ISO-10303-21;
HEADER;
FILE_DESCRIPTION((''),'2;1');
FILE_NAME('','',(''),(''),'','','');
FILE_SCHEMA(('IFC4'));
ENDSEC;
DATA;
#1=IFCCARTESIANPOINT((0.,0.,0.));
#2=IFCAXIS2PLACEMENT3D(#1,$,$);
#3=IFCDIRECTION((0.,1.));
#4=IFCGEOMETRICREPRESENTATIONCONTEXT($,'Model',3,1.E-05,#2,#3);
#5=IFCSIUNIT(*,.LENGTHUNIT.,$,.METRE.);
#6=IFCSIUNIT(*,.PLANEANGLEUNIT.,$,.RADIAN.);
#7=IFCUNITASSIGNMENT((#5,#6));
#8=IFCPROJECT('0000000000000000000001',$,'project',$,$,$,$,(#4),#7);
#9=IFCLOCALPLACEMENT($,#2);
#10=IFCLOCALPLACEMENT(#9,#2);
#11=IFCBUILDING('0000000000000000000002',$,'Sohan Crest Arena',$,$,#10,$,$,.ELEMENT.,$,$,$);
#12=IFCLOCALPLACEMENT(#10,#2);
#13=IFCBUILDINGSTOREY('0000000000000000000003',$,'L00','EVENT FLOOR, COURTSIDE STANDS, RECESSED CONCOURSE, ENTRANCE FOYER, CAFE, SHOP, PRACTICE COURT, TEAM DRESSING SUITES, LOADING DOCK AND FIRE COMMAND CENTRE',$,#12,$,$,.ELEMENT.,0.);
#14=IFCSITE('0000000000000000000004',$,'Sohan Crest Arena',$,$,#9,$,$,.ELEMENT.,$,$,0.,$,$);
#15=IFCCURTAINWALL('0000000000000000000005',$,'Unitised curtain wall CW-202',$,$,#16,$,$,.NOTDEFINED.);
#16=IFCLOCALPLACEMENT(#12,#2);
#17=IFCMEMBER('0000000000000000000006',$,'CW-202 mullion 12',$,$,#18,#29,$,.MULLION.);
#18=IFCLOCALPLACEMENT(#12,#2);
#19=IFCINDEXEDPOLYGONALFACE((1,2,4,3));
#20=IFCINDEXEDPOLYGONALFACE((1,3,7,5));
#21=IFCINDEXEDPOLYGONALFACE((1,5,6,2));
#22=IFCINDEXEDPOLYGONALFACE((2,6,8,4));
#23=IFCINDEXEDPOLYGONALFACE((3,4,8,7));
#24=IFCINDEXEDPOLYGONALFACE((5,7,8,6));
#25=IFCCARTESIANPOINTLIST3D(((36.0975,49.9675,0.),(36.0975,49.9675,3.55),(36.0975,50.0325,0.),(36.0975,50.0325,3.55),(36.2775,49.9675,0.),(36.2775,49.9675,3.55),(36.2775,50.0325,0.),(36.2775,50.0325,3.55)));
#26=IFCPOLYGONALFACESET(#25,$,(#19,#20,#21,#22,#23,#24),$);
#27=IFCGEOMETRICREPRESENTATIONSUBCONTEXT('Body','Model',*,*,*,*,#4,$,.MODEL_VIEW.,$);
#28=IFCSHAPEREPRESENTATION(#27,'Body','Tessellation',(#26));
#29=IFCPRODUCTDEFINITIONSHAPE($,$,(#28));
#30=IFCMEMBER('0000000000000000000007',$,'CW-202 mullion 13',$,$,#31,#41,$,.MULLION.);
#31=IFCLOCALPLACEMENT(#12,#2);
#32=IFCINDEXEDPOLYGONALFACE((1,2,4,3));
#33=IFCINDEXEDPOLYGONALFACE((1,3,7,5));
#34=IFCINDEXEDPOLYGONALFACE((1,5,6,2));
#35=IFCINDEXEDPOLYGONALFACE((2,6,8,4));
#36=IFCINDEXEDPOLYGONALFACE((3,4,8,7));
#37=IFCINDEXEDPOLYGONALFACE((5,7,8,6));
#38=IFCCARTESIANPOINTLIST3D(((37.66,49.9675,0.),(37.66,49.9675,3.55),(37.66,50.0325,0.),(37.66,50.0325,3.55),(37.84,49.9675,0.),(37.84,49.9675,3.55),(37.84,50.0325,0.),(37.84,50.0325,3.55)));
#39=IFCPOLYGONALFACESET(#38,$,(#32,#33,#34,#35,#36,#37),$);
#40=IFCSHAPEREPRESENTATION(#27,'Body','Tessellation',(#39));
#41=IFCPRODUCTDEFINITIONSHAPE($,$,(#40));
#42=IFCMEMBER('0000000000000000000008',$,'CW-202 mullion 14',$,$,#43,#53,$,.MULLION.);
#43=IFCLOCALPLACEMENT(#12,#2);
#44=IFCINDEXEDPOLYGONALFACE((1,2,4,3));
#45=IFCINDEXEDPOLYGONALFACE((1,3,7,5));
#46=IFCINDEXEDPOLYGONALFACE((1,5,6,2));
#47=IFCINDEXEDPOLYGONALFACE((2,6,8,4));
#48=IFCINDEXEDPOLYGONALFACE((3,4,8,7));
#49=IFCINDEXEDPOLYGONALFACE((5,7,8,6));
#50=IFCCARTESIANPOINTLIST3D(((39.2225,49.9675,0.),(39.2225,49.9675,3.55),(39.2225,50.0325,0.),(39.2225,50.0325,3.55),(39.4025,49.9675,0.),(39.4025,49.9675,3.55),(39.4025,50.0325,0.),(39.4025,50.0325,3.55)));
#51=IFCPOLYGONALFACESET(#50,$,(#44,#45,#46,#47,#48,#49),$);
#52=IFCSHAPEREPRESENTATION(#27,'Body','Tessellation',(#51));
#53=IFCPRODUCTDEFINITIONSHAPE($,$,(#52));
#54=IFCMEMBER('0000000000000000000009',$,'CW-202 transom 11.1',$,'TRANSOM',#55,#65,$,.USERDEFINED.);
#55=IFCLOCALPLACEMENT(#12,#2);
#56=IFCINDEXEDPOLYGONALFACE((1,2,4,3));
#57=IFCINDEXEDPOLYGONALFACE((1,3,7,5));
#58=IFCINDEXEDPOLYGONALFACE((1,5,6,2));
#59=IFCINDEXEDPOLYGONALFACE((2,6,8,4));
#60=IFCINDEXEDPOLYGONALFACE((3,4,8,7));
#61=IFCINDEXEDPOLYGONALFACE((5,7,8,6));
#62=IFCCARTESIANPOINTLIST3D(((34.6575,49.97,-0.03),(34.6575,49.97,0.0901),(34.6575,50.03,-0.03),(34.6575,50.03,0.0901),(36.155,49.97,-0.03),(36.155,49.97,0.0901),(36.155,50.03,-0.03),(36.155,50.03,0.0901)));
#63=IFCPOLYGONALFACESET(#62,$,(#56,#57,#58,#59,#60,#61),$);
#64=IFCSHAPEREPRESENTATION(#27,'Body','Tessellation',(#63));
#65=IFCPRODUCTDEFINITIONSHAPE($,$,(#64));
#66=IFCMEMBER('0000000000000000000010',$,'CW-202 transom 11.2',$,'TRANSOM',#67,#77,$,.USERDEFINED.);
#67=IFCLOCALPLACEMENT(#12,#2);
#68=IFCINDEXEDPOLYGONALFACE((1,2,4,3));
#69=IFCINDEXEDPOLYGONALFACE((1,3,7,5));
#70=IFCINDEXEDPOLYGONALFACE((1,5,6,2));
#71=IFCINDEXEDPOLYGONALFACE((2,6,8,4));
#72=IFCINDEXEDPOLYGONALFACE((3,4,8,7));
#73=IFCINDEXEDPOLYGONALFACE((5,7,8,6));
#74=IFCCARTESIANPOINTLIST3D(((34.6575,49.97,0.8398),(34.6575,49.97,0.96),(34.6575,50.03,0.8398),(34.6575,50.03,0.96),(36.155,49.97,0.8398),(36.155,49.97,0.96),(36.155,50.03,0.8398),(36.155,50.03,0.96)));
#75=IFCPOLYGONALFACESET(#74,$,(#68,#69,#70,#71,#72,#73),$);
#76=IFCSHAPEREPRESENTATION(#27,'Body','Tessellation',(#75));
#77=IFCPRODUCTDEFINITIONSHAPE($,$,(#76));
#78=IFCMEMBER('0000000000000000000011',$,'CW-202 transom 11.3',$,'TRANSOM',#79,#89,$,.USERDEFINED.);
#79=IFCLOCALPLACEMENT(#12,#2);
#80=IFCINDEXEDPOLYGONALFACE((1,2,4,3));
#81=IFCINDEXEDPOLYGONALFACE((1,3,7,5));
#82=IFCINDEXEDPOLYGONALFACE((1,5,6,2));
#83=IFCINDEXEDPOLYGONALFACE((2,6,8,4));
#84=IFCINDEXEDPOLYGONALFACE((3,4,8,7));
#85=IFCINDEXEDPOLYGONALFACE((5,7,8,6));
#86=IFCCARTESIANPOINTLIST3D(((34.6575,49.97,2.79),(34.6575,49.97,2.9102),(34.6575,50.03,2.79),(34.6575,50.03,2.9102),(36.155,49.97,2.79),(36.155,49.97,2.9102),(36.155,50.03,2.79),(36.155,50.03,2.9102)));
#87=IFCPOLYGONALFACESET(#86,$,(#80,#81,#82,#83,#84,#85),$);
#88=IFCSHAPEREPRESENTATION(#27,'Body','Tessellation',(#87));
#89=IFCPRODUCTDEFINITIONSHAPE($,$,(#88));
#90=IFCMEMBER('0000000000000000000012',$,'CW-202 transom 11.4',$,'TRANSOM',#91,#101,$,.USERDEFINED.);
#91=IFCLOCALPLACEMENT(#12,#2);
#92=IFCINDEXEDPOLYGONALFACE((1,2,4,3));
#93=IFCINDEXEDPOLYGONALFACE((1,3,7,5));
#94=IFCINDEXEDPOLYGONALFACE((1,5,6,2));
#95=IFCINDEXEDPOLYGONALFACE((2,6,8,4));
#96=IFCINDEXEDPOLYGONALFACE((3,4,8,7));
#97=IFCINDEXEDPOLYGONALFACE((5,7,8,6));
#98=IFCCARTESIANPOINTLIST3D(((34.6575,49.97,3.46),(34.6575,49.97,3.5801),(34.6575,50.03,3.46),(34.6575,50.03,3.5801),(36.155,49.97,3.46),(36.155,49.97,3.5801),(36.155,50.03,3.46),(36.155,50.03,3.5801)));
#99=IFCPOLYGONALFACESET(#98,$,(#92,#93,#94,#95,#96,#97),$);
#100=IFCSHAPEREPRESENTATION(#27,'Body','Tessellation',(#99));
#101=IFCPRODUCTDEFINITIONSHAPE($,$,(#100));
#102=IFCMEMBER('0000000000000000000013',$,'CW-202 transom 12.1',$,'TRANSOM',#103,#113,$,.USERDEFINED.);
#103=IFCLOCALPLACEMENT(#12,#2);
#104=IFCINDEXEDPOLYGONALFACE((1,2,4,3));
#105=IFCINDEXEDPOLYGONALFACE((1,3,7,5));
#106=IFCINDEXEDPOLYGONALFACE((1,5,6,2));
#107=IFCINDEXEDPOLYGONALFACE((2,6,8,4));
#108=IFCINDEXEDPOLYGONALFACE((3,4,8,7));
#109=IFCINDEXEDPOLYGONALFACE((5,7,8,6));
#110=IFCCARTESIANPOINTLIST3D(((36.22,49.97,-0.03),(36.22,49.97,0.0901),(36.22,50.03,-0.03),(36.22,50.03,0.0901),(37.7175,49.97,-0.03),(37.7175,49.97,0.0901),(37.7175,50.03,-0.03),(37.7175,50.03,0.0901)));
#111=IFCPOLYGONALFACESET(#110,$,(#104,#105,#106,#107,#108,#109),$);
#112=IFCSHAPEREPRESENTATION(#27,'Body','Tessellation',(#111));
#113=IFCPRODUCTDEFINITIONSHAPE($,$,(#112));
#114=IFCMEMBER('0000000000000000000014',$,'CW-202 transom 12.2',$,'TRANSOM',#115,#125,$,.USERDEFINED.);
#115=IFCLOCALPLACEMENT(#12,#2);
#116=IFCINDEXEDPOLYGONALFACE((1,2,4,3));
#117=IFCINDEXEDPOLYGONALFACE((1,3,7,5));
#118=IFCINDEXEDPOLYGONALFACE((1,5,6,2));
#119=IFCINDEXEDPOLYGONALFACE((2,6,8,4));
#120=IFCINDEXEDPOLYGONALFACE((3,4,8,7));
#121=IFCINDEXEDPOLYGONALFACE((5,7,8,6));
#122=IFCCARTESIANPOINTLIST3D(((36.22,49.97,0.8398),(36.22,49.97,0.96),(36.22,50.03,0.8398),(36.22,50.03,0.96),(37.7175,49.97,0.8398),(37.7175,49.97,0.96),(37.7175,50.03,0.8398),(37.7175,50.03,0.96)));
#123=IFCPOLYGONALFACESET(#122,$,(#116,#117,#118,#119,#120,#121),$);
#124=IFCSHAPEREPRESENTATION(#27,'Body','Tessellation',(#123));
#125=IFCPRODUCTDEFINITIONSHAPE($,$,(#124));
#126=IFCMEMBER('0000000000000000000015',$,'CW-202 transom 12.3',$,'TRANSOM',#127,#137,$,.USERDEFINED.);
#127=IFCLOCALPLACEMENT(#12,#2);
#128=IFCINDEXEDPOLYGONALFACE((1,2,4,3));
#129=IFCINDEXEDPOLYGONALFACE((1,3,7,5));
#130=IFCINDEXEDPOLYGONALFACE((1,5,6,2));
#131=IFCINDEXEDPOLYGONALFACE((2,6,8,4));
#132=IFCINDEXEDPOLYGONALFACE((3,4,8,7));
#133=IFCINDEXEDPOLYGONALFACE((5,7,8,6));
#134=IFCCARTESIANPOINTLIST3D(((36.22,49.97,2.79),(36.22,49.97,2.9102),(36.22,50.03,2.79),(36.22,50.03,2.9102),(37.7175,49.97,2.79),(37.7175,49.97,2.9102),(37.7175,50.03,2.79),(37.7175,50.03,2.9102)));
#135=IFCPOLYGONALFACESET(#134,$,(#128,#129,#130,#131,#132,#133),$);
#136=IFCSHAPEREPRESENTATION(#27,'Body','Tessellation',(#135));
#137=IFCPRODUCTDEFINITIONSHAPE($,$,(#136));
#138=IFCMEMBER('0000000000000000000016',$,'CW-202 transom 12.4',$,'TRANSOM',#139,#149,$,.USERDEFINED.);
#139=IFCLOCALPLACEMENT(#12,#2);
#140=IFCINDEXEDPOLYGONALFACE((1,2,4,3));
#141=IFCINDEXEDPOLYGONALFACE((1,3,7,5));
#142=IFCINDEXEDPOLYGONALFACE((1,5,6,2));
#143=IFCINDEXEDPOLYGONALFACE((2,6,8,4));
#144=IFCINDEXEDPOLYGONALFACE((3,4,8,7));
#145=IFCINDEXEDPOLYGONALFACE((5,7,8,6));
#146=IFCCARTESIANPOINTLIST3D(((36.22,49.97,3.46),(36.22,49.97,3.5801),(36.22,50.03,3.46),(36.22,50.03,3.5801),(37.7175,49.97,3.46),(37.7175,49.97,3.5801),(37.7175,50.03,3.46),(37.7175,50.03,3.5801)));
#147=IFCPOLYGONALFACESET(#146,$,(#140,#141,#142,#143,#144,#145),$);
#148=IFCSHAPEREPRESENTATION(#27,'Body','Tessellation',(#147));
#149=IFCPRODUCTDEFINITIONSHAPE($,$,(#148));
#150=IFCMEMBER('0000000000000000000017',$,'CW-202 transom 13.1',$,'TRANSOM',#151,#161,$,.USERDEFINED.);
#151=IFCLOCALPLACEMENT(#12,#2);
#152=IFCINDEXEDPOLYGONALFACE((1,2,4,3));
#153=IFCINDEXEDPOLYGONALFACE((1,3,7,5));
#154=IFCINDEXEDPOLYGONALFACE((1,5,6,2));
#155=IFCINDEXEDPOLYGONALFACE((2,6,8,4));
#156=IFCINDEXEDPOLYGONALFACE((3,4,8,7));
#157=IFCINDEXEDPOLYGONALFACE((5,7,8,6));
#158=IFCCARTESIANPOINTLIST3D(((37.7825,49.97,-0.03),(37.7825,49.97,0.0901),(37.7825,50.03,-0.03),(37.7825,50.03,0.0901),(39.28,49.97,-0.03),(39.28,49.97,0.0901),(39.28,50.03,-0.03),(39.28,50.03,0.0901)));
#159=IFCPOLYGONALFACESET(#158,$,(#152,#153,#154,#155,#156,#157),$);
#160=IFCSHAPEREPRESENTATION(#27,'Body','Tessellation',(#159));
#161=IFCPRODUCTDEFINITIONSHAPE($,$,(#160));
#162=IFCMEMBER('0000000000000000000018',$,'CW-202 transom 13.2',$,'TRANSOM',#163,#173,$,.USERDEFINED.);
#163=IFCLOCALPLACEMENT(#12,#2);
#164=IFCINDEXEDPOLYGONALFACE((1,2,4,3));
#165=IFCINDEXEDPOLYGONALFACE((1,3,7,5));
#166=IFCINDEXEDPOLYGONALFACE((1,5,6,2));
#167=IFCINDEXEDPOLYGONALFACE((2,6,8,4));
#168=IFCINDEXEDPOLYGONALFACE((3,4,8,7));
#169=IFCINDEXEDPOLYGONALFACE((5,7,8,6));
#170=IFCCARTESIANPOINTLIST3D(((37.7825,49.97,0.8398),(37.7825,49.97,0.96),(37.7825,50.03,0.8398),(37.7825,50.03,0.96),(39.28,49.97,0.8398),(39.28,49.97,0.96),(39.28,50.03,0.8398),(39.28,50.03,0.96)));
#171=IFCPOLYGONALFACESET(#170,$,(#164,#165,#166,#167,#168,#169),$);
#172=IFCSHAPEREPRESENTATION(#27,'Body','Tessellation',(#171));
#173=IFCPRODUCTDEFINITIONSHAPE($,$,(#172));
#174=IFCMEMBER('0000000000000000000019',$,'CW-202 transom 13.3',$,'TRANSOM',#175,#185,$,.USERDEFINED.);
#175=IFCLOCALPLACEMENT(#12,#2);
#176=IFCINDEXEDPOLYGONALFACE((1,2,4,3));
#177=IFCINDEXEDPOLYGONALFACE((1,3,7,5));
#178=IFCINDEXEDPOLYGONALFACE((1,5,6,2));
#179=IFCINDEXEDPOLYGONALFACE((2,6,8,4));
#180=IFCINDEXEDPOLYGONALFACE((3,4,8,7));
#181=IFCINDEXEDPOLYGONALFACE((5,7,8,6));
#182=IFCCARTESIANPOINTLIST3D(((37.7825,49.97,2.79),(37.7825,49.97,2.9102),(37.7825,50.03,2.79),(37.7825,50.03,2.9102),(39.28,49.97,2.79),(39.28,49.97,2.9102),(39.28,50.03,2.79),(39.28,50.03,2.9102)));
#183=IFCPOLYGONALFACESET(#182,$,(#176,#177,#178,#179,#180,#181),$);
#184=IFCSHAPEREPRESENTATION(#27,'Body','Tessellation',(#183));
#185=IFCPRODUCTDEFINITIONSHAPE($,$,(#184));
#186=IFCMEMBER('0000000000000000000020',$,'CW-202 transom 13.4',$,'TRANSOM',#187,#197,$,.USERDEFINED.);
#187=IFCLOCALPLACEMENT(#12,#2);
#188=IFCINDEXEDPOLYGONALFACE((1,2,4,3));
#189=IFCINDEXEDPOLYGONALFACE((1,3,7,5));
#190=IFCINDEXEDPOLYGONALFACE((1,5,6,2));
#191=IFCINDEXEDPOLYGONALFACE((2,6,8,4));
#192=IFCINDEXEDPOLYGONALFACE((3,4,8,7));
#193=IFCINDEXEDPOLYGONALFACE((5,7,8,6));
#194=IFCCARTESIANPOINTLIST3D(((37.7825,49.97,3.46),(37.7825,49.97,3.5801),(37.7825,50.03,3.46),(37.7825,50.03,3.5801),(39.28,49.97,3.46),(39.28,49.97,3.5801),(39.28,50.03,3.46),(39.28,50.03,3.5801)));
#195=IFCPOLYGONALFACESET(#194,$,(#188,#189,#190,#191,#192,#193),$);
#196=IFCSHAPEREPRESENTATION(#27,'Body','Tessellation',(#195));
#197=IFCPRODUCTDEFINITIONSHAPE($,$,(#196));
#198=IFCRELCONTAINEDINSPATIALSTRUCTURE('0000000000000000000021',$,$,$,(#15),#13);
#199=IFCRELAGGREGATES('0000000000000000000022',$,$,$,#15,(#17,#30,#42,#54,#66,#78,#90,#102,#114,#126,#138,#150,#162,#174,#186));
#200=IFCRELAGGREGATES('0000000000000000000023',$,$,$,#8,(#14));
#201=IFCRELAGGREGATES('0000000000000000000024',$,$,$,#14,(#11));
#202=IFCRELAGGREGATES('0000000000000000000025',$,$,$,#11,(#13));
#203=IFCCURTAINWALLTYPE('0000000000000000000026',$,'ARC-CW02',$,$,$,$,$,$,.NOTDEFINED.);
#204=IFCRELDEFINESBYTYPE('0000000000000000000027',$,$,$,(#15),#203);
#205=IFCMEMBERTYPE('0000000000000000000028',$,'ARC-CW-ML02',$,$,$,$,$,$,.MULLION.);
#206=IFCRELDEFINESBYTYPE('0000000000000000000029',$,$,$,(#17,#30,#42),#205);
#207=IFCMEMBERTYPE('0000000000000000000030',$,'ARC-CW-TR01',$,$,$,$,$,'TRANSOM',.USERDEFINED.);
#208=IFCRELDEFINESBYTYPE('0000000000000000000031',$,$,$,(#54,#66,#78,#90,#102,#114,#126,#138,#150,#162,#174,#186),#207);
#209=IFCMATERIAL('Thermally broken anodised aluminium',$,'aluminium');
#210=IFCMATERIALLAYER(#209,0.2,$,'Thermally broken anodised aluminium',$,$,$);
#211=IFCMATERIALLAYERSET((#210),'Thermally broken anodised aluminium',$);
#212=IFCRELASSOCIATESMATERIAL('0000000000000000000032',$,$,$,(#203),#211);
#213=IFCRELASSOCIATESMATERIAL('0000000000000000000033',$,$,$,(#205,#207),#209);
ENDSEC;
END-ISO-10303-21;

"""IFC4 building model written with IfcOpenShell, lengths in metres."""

from ifc_helpers import new_model, si_unit, direction, frame, origin, origin_2d, place, context, subcontext, project, spatial, rectangle, extrude, material, layer, layer_set, material_profile, profile_set, type_object, element, aggregate, save


model = new_model("IFC4")

# Units and contexts
model_context = context("Model", 3, precision=1e-05, world=origin(), true_north=direction((0.0, 1.0)))
body_context = subcontext(model_context, "Body", "Model", "MODEL_VIEW")
ifc_project = project(units=[si_unit("LENGTHUNIT", "METRE"), si_unit("PLANEANGLEUNIT", "RADIAN")], contexts=[model_context])

# Site, building, storey
site_placement = place(None, origin())
site = spatial("IfcSite", under=ifc_project, at=site_placement, Name="Sohan Crest Arena", CompositionType="ELEMENT", RefElevation=0.0)
building_placement = place(site_placement, origin())
building = spatial("IfcBuilding", under=site, at=building_placement, Name="Sohan Crest Arena", CompositionType="ELEMENT")
storey_placement = place(building_placement, origin())
storey = spatial("IfcBuildingStorey", under=building, at=storey_placement, Name="L00", Description="EVENT FLOOR, COURTSIDE STANDS, RECESSED CONCOURSE, ENTRANCE FOYER, CAFE, SHOP, PRACTICE COURT, TEAM DRESSING SUITES, LOADING DOCK AND FIRE COMMAND CENTRE", CompositionType="ELEMENT", Elevation=0.0)

# Curtain wall, members
ifc_material_1 = material(Name="Thermally broken anodised aluminium", Category="aluminium")
ifc_layer_1 = layer(ifc_material_1, 0.2, Name="Thermally broken anodised aluminium")
ifc_layer_set_1 = layer_set([ifc_layer_1], Name="Thermally broken anodised aluminium")
curtain_wall_type = type_object("IfcCurtainWallType", Name="ARC-CW02", PredefinedType="NOTDEFINED", material=ifc_layer_set_1)
curtain_wall_placement = place(storey_placement, origin())
curtain_wall = element("IfcCurtainWall", 1, at=curtain_wall_placement, inside=storey, type_object=curtain_wall_type, Name="Unitised curtain wall CW-202", PredefinedType="NOTDEFINED")
ifc_material_profile_1 = material_profile(ifc_material_1, rectangle(XDim=0.0649, YDim=0.1799, at=origin_2d()), Name="ALU-MULL 65x180")
ifc_profile_set_1 = profile_set([ifc_material_profile_1], Name="Thermally broken anodised aluminium")
member_type_1 = type_object("IfcMemberType", Name="ARC-CW-ML02", PredefinedType="MULLION", material=ifc_profile_set_1)
member_1_placement = place(storey_placement, frame((36.1875, 50.0, 0.0), z_axis=(0.0, 0.0, 1.0), x_axis=(0.0, 1.0, 0.0)))
member_1 = element("IfcMember", 2, at=member_1_placement, type_object=member_type_1, Name="CW-202 mullion 12", PredefinedType="MULLION", context=body_context, shape_type="SweptSolid", body=[
    extrude(rectangle(XDim=0.0649, YDim=0.1799, at=origin_2d()), origin(), (0.0, 0.0, 1.0), 3.55),
])
member_2_placement = place(storey_placement, frame((37.75, 50.0, 0.0), z_axis=(0.0, 0.0, 1.0), x_axis=(0.0, 1.0, 0.0)))
member_2 = element("IfcMember", 3, at=member_2_placement, type_object=member_type_1, Name="CW-202 mullion 13", PredefinedType="MULLION", context=body_context, shape_type="SweptSolid", body=[
    extrude(rectangle(XDim=0.0649, YDim=0.1799, at=origin_2d()), origin(), (0.0, 0.0, 1.0), 3.55),
])
member_3_placement = place(storey_placement, frame((39.3125, 50.0, 0.0), z_axis=(0.0, 0.0, 1.0), x_axis=(0.0, 1.0, 0.0)))
member_3 = element("IfcMember", 4, at=member_3_placement, type_object=member_type_1, Name="CW-202 mullion 14", PredefinedType="MULLION", context=body_context, shape_type="SweptSolid", body=[
    extrude(rectangle(XDim=0.0649, YDim=0.1799, at=origin_2d()), origin(), (0.0, 0.0, 1.0), 3.55),
])
ifc_material_profile_2 = material_profile(ifc_material_1, rectangle(XDim=0.0601, YDim=0.1201, at=origin_2d()), Name="ALU-TRAN 60x120")
ifc_profile_set_2 = profile_set([ifc_material_profile_2], Name="Thermally broken anodised aluminium")
member_type_2 = type_object("IfcMemberType", Name="ARC-CW-TR01", ElementType="TRANSOM", PredefinedType="USERDEFINED", material=ifc_profile_set_2)
member_4_placement = place(storey_placement, frame((34.6575, 50.0, 0.03), z_axis=(1.0, 0.0, 0.0), x_axis=(0.0, 1.0, 0.0)))
member_4 = element("IfcMember", 5, at=member_4_placement, type_object=member_type_2, Name="CW-202 transom 11.1", ObjectType="TRANSOM", PredefinedType="USERDEFINED", context=body_context, shape_type="SweptSolid", body=[
    extrude(rectangle(XDim=0.0601, YDim=0.1201, at=origin_2d()), origin(), (0.0, 0.0, 1.0), 1.4976),
])
member_5_placement = place(storey_placement, frame((34.6575, 50.0, 0.8999), z_axis=(1.0, 0.0, 0.0), x_axis=(0.0, 1.0, 0.0)))
member_5 = element("IfcMember", 6, at=member_5_placement, type_object=member_type_2, Name="CW-202 transom 11.2", ObjectType="TRANSOM", PredefinedType="USERDEFINED", context=body_context, shape_type="SweptSolid", body=[
    extrude(rectangle(XDim=0.0601, YDim=0.1201, at=origin_2d()), origin(), (0.0, 0.0, 1.0), 1.4976),
])
member_6_placement = place(storey_placement, frame((34.6575, 50.0, 2.8501), z_axis=(1.0, 0.0, 0.0), x_axis=(0.0, 1.0, 0.0)))
member_6 = element("IfcMember", 7, at=member_6_placement, type_object=member_type_2, Name="CW-202 transom 11.3", ObjectType="TRANSOM", PredefinedType="USERDEFINED", context=body_context, shape_type="SweptSolid", body=[
    extrude(rectangle(XDim=0.0601, YDim=0.1201, at=origin_2d()), origin(), (0.0, 0.0, 1.0), 1.4976),
])
member_7_placement = place(storey_placement, frame((34.6575, 50.0, 3.52), z_axis=(1.0, 0.0, 0.0), x_axis=(0.0, 1.0, 0.0)))
member_7 = element("IfcMember", 8, at=member_7_placement, type_object=member_type_2, Name="CW-202 transom 11.4", ObjectType="TRANSOM", PredefinedType="USERDEFINED", context=body_context, shape_type="SweptSolid", body=[
    extrude(rectangle(XDim=0.0601, YDim=0.1201, at=origin_2d()), origin(), (0.0, 0.0, 1.0), 1.4976),
])
member_8_placement = place(storey_placement, frame((36.22, 50.0, 0.03), z_axis=(1.0, 0.0, 0.0), x_axis=(0.0, 1.0, 0.0)))
member_8 = element("IfcMember", 9, at=member_8_placement, type_object=member_type_2, Name="CW-202 transom 12.1", ObjectType="TRANSOM", PredefinedType="USERDEFINED", context=body_context, shape_type="SweptSolid", body=[
    extrude(rectangle(XDim=0.0601, YDim=0.1201, at=origin_2d()), origin(), (0.0, 0.0, 1.0), 1.4976),
])
member_9_placement = place(storey_placement, frame((36.22, 50.0, 0.8999), z_axis=(1.0, 0.0, 0.0), x_axis=(0.0, 1.0, 0.0)))
member_9 = element("IfcMember", 10, at=member_9_placement, type_object=member_type_2, Name="CW-202 transom 12.2", ObjectType="TRANSOM", PredefinedType="USERDEFINED", context=body_context, shape_type="SweptSolid", body=[
    extrude(rectangle(XDim=0.0601, YDim=0.1201, at=origin_2d()), origin(), (0.0, 0.0, 1.0), 1.4976),
])
member_10_placement = place(storey_placement, frame((36.22, 50.0, 2.8501), z_axis=(1.0, 0.0, 0.0), x_axis=(0.0, 1.0, 0.0)))
member_10 = element("IfcMember", 11, at=member_10_placement, type_object=member_type_2, Name="CW-202 transom 12.3", ObjectType="TRANSOM", PredefinedType="USERDEFINED", context=body_context, shape_type="SweptSolid", body=[
    extrude(rectangle(XDim=0.0601, YDim=0.1201, at=origin_2d()), origin(), (0.0, 0.0, 1.0), 1.4976),
])
member_11_placement = place(storey_placement, frame((36.22, 50.0, 3.52), z_axis=(1.0, 0.0, 0.0), x_axis=(0.0, 1.0, 0.0)))
member_11 = element("IfcMember", 12, at=member_11_placement, type_object=member_type_2, Name="CW-202 transom 12.4", ObjectType="TRANSOM", PredefinedType="USERDEFINED", context=body_context, shape_type="SweptSolid", body=[
    extrude(rectangle(XDim=0.0601, YDim=0.1201, at=origin_2d()), origin(), (0.0, 0.0, 1.0), 1.4976),
])
member_12_placement = place(storey_placement, frame((37.7825, 50.0, 0.03), z_axis=(1.0, 0.0, 0.0), x_axis=(0.0, 1.0, 0.0)))
member_12 = element("IfcMember", 13, at=member_12_placement, type_object=member_type_2, Name="CW-202 transom 13.1", ObjectType="TRANSOM", PredefinedType="USERDEFINED", context=body_context, shape_type="SweptSolid", body=[
    extrude(rectangle(XDim=0.0601, YDim=0.1201, at=origin_2d()), origin(), (0.0, 0.0, 1.0), 1.4976),
])
member_13_placement = place(storey_placement, frame((37.7825, 50.0, 0.8999), z_axis=(1.0, 0.0, 0.0), x_axis=(0.0, 1.0, 0.0)))
member_13 = element("IfcMember", 14, at=member_13_placement, type_object=member_type_2, Name="CW-202 transom 13.2", ObjectType="TRANSOM", PredefinedType="USERDEFINED", context=body_context, shape_type="SweptSolid", body=[
    extrude(rectangle(XDim=0.0601, YDim=0.1201, at=origin_2d()), origin(), (0.0, 0.0, 1.0), 1.4976),
])
member_14_placement = place(storey_placement, frame((37.7825, 50.0, 2.8501), z_axis=(1.0, 0.0, 0.0), x_axis=(0.0, 1.0, 0.0)))
member_14 = element("IfcMember", 15, at=member_14_placement, type_object=member_type_2, Name="CW-202 transom 13.3", ObjectType="TRANSOM", PredefinedType="USERDEFINED", context=body_context, shape_type="SweptSolid", body=[
    extrude(rectangle(XDim=0.0601, YDim=0.1201, at=origin_2d()), origin(), (0.0, 0.0, 1.0), 1.4976),
])
member_15_placement = place(storey_placement, frame((37.7825, 50.0, 3.52), z_axis=(1.0, 0.0, 0.0), x_axis=(0.0, 1.0, 0.0)))
member_15 = element("IfcMember", 16, at=member_15_placement, type_object=member_type_2, Name="CW-202 transom 13.4", ObjectType="TRANSOM", PredefinedType="USERDEFINED", context=body_context, shape_type="SweptSolid", body=[
    extrude(rectangle(XDim=0.0601, YDim=0.1201, at=origin_2d()), origin(), (0.0, 0.0, 1.0), 1.4976),
])
aggregate(curtain_wall, [member_1, member_2, member_3, member_4, member_5, member_6, member_7, member_8, member_9, member_10, member_11, member_12, member_13, member_14, member_15])

save(model, "model.ifc")
